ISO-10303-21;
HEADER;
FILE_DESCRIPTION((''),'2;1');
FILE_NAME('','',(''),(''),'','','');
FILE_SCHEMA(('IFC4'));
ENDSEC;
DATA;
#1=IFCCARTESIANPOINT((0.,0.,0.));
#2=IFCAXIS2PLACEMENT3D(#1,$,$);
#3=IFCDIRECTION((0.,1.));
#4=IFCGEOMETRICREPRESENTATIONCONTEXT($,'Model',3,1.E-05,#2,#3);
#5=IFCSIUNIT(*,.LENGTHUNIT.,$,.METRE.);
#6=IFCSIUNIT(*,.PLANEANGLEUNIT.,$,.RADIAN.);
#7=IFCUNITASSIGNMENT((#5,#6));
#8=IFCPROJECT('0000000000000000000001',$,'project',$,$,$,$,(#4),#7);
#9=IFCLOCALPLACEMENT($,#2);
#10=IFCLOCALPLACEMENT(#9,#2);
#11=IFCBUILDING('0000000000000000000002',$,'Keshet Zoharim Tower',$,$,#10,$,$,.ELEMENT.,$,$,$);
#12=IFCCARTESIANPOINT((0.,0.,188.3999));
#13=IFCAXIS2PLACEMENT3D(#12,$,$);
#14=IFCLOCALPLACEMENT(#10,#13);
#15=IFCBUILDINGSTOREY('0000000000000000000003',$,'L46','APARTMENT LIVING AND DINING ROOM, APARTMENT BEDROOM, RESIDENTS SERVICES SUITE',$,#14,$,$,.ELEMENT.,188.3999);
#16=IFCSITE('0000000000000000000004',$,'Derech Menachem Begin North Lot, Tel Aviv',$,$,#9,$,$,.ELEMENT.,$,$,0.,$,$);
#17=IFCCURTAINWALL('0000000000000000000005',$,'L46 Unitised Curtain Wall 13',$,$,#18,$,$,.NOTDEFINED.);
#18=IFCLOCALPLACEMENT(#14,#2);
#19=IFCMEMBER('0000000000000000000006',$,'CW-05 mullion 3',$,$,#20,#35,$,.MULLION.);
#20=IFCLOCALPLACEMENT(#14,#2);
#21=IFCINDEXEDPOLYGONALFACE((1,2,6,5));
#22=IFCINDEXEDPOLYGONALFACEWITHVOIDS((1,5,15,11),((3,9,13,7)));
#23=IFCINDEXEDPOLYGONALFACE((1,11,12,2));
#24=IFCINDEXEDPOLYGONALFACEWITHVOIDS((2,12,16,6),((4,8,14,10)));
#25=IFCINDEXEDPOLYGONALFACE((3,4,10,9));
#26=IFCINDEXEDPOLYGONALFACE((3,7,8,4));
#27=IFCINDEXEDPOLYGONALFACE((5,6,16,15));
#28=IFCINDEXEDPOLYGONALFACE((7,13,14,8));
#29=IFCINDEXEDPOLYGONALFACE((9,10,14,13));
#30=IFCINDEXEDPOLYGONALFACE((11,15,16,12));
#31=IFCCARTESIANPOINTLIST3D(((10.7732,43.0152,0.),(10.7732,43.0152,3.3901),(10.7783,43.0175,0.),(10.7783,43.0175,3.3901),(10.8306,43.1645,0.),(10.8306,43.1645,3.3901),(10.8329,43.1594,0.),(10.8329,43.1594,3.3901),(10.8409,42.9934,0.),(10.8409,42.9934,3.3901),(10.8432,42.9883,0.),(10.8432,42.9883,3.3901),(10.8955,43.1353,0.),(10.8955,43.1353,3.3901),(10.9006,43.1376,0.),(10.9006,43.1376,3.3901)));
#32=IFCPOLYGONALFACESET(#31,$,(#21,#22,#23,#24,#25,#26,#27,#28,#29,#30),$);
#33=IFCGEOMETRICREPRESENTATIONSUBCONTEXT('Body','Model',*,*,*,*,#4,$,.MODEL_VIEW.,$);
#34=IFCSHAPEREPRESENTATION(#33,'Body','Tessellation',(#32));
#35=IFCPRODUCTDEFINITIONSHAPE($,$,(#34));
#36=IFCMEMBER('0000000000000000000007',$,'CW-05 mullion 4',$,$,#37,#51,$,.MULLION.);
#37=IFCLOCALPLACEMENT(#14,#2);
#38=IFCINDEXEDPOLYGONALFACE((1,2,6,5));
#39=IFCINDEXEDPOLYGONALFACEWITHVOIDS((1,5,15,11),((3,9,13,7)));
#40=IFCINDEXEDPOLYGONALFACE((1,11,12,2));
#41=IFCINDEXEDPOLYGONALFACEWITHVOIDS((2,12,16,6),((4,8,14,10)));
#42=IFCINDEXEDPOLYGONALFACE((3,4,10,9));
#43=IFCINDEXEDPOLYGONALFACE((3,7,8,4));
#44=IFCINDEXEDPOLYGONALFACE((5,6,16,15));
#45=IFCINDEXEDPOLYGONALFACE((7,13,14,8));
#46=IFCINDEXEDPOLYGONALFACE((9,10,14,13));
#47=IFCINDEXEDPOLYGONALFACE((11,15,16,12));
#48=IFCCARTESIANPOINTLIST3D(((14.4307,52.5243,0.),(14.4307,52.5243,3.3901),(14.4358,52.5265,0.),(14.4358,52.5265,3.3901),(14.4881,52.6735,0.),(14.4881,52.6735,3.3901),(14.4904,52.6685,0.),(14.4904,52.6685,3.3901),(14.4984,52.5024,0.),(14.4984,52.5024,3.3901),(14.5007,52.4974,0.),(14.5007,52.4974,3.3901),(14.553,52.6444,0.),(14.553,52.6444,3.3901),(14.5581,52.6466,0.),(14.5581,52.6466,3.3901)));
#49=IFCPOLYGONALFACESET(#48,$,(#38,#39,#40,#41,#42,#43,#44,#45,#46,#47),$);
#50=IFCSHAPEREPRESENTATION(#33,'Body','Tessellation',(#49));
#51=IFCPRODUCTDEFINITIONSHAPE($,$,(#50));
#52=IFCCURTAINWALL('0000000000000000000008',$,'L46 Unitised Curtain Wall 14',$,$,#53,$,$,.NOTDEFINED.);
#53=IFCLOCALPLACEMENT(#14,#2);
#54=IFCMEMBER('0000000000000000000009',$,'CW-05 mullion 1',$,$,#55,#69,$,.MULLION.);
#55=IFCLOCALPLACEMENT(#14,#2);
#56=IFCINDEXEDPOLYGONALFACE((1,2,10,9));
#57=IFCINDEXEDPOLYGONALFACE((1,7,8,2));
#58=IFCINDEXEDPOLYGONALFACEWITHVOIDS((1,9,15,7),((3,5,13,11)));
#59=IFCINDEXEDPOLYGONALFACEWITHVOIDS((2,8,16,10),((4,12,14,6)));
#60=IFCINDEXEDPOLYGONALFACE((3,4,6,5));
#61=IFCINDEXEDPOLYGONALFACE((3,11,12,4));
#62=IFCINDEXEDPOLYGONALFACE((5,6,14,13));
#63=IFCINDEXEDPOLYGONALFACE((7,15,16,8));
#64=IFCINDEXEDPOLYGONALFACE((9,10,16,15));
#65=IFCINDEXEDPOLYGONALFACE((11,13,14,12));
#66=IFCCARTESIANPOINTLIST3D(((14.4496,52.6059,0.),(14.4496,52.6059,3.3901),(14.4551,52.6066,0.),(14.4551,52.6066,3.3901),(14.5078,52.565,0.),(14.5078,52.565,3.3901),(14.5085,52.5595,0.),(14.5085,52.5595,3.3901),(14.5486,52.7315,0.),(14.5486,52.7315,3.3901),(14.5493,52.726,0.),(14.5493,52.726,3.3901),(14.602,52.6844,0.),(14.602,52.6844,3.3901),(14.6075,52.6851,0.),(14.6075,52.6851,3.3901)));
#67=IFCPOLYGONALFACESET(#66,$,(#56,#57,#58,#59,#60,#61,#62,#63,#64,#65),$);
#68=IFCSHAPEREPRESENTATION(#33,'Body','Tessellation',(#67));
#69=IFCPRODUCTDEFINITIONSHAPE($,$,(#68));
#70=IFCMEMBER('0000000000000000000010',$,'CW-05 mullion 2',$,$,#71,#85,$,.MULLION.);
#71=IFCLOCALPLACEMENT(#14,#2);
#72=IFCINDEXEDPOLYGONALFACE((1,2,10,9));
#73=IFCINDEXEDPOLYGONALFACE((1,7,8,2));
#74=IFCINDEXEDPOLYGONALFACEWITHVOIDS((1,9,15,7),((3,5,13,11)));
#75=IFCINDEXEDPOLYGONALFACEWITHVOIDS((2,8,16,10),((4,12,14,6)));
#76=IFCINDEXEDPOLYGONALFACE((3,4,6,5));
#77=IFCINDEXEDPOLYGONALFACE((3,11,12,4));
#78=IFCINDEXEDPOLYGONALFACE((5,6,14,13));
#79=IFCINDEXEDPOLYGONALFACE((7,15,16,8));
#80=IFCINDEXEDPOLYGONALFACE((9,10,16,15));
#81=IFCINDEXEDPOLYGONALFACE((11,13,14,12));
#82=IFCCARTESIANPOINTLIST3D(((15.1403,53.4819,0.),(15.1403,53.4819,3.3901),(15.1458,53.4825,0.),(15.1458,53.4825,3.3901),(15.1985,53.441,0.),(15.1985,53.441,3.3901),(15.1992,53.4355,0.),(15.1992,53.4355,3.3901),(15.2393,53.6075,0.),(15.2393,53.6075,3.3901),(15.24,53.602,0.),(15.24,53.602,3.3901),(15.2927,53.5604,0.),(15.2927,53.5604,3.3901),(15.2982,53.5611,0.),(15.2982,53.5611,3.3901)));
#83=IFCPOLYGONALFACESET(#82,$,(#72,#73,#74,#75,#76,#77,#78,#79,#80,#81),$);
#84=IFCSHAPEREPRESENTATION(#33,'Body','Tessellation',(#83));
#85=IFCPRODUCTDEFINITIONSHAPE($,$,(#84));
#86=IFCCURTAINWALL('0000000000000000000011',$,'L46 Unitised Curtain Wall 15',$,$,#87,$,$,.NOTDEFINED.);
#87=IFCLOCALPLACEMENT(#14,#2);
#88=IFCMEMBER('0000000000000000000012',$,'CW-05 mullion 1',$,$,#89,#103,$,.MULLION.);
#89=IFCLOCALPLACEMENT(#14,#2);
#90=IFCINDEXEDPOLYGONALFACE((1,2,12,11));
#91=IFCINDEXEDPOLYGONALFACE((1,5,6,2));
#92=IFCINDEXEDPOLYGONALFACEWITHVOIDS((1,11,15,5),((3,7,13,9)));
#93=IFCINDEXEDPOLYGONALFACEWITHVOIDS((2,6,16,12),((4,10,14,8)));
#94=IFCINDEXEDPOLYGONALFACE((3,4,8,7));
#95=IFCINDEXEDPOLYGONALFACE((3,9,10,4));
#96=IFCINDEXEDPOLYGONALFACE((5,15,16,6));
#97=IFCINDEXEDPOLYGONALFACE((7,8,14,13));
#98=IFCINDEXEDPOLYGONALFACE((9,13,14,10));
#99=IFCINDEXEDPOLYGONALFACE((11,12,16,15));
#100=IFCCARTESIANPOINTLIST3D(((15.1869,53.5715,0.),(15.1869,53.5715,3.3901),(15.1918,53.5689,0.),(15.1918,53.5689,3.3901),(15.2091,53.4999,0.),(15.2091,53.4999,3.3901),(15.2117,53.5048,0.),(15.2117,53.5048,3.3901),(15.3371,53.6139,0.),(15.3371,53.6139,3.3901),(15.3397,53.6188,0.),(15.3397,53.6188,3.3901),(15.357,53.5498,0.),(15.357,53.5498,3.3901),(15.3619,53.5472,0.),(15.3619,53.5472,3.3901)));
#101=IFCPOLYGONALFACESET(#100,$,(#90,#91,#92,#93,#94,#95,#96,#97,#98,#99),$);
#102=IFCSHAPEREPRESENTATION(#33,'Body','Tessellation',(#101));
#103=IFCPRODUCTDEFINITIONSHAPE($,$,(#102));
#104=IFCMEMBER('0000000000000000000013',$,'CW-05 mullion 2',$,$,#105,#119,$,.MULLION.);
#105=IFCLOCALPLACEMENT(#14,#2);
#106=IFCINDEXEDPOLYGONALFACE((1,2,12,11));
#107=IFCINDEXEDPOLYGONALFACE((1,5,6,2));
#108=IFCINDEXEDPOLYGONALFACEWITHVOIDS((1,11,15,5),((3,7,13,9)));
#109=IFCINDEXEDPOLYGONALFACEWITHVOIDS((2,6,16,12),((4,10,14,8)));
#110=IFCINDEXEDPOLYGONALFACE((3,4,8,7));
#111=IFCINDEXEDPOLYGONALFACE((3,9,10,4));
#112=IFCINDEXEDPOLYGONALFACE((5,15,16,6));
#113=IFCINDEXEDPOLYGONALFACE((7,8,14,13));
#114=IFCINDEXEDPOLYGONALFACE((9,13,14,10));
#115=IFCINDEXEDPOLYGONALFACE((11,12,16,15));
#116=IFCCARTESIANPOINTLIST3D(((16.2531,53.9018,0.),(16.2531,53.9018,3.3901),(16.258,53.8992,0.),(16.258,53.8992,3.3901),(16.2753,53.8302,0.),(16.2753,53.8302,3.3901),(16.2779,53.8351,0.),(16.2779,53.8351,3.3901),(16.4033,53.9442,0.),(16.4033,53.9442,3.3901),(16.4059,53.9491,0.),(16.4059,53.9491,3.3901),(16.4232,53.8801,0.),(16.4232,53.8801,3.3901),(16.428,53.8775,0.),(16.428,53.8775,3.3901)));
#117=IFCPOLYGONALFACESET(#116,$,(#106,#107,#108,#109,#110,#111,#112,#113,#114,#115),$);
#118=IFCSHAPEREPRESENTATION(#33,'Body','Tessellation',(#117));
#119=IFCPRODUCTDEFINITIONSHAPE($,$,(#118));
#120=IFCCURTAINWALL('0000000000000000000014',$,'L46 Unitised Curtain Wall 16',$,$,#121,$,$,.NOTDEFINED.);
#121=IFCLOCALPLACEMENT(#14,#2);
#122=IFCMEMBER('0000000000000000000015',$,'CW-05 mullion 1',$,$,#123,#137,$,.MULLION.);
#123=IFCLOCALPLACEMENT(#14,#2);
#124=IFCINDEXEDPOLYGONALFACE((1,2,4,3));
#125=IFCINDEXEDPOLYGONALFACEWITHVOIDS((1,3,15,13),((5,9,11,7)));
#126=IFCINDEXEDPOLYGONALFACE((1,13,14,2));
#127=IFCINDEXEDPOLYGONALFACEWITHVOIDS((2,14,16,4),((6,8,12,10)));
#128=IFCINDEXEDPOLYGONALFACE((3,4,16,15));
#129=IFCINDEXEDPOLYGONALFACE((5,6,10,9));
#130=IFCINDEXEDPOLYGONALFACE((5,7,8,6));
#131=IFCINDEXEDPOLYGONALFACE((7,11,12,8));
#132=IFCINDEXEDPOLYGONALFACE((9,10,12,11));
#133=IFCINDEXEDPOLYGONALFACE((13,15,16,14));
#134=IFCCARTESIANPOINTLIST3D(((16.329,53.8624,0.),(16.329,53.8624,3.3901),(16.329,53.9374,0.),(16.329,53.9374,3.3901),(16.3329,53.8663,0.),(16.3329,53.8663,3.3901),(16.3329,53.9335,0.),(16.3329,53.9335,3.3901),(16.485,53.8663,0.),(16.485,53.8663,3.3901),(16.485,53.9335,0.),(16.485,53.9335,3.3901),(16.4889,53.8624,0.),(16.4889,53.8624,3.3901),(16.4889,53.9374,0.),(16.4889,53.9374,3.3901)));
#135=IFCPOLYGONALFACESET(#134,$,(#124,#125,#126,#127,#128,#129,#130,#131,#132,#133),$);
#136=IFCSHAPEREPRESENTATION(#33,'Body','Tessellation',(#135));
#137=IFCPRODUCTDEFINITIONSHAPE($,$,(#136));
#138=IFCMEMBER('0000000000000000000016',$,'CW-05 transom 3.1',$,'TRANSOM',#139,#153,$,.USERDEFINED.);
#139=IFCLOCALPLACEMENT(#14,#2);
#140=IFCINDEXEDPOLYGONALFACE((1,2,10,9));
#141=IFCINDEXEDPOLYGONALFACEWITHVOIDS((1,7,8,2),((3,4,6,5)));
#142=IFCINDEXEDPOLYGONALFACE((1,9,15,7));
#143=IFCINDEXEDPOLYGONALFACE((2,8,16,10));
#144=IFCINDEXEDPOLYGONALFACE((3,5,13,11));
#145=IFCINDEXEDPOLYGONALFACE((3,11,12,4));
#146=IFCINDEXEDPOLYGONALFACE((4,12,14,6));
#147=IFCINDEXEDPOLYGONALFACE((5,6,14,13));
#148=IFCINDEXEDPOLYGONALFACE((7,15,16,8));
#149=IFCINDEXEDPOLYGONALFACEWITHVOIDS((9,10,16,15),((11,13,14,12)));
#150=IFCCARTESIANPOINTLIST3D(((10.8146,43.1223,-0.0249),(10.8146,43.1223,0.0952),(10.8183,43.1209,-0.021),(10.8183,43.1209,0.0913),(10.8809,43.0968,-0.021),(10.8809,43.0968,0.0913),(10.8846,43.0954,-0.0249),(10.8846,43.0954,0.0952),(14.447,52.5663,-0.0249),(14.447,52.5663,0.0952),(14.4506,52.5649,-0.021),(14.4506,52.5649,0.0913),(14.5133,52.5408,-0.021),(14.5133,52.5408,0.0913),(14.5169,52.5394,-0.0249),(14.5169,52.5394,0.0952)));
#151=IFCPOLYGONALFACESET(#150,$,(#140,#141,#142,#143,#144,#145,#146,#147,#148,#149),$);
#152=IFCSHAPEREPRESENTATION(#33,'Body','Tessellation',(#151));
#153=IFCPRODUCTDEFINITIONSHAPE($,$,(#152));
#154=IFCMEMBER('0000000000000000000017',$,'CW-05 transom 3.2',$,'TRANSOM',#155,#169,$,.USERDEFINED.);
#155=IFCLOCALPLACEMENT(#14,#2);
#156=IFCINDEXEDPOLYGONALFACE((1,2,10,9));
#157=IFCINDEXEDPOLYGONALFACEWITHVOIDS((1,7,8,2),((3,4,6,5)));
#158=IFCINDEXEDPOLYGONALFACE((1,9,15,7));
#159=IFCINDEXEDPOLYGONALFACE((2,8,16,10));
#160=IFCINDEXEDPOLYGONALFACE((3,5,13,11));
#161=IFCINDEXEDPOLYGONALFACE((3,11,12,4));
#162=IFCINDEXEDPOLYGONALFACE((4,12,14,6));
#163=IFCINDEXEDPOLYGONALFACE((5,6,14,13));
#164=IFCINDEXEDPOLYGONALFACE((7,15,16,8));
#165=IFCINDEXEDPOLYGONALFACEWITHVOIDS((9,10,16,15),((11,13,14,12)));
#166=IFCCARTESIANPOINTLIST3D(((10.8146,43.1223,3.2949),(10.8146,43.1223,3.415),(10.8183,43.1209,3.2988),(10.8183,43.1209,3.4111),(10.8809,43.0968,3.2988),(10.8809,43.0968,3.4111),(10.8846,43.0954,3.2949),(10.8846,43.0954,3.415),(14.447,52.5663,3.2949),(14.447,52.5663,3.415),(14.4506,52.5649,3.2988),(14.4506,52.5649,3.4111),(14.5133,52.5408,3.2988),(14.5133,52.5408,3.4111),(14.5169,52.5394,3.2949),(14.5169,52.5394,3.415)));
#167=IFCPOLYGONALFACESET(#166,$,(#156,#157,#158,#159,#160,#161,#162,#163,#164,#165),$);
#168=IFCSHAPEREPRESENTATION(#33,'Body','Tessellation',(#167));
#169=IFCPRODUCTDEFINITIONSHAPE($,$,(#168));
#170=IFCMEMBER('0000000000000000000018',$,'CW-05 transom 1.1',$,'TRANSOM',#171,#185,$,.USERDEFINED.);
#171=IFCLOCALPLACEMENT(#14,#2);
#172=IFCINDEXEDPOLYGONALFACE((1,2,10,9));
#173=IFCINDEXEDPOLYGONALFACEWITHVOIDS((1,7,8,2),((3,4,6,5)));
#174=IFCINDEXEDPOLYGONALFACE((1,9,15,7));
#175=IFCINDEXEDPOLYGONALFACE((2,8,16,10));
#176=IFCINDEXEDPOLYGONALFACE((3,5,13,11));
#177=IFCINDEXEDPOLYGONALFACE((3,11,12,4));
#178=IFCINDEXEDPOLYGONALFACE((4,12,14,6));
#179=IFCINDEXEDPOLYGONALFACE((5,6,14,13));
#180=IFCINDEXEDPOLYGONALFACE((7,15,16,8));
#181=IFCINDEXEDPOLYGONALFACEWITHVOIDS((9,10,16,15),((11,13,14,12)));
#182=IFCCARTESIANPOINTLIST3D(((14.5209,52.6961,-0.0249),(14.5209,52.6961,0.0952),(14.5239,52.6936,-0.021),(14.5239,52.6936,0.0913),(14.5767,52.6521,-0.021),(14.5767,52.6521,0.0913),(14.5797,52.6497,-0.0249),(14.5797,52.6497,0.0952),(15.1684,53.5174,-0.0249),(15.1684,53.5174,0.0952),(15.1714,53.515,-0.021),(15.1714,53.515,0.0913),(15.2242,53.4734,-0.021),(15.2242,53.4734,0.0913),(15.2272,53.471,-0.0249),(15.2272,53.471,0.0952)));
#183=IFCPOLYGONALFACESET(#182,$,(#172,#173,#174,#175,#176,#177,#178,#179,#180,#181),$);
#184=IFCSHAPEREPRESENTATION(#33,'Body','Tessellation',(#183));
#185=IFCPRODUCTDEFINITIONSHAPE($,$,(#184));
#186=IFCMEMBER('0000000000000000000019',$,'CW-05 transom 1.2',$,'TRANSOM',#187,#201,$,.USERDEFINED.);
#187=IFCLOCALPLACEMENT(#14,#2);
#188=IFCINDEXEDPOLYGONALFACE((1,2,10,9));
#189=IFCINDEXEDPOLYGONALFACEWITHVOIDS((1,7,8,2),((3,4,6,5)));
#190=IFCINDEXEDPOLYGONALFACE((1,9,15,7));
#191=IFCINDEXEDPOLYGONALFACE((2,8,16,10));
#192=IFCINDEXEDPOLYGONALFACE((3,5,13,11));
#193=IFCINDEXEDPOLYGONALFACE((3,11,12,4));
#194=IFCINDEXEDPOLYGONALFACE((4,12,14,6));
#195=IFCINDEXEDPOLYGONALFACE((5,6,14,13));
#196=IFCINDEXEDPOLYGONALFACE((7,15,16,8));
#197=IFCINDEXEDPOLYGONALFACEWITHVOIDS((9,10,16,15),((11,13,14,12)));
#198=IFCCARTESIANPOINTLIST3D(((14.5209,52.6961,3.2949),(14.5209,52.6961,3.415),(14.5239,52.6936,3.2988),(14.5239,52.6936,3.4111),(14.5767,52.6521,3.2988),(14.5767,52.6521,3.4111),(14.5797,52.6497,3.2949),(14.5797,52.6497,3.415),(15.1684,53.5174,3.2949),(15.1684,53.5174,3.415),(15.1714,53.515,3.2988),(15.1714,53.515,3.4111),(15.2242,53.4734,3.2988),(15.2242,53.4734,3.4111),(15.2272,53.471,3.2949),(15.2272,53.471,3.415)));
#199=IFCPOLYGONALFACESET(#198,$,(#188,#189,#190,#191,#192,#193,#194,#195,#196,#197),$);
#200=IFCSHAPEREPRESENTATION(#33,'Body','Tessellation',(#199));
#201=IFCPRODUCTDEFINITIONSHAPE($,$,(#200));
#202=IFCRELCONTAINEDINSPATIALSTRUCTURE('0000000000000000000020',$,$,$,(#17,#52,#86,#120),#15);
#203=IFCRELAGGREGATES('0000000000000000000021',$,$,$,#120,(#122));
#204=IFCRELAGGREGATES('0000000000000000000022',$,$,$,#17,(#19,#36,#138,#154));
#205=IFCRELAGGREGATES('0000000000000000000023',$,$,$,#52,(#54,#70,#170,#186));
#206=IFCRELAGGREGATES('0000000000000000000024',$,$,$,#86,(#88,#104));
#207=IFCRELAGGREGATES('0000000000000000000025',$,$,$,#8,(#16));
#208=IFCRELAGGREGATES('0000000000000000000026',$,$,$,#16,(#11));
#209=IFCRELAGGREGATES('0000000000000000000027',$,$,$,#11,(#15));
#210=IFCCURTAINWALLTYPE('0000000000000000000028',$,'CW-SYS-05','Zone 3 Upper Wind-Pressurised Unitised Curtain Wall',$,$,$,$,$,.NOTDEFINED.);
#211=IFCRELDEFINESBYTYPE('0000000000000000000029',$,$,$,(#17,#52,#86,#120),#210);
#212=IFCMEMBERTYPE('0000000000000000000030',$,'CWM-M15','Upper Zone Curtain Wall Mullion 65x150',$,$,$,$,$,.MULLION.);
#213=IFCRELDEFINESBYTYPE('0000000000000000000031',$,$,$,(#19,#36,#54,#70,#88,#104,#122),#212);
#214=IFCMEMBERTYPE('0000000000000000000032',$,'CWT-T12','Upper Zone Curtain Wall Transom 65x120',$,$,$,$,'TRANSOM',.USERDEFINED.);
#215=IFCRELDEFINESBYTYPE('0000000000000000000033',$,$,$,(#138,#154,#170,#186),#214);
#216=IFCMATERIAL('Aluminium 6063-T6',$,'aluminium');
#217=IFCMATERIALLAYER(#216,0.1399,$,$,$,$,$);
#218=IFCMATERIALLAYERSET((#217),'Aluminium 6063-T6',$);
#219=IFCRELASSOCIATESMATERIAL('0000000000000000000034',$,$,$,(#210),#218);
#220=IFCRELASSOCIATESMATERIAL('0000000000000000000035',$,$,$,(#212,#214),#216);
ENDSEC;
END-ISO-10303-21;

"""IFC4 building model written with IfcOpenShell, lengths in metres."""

from ifc_helpers import new_model, si_unit, direction, frame, origin, origin_2d, place, context, subcontext, project, spatial, hollow_rectangle, extrude, material, layer, layer_set, material_profile, profile_set, type_object, element, aggregate, save


model = new_model("IFC4")

# Units and contexts
model_context = context("Model", 3, precision=1e-05, world=origin(), true_north=direction((0.0, 1.0)))
body_context = subcontext(model_context, "Body", "Model", "MODEL_VIEW")
ifc_project = project(units=[si_unit("LENGTHUNIT", "METRE"), si_unit("PLANEANGLEUNIT", "RADIAN")], contexts=[model_context])

# Site, building, storey
site_placement = place(None, origin())
site = spatial("IfcSite", under=ifc_project, at=site_placement, Name="Derech Menachem Begin North Lot, Tel Aviv", CompositionType="ELEMENT", RefElevation=0.0)
building_placement = place(site_placement, origin())
building = spatial("IfcBuilding", under=site, at=building_placement, Name="Keshet Zoharim Tower", CompositionType="ELEMENT")
storey_placement = place(building_placement, frame((0.0, 0.0, 188.3999)))
storey = spatial("IfcBuildingStorey", under=building, at=storey_placement, Name="L46", Description="APARTMENT LIVING AND DINING ROOM, APARTMENT BEDROOM, RESIDENTS SERVICES SUITE", CompositionType="ELEMENT", Elevation=188.3999)

# Curtain walls, members
ifc_material_1 = material(Name="Aluminium 6063-T6", Category="aluminium")
ifc_layer_1 = layer(ifc_material_1, 0.1399)
ifc_layer_set_1 = layer_set([ifc_layer_1], Name="Aluminium 6063-T6")
curtain_wall_type = type_object("IfcCurtainWallType", Name="CW-SYS-05", Description="Zone 3 Upper Wind-Pressurised Unitised Curtain Wall", PredefinedType="NOTDEFINED", material=ifc_layer_set_1)
curtain_wall_1_placement = place(storey_placement, origin())
curtain_wall_1 = element("IfcCurtainWall", 1, at=curtain_wall_1_placement, inside=storey, type_object=curtain_wall_type, Name="L46 Unitised Curtain Wall 13", PredefinedType="NOTDEFINED")
ifc_material_profile_1 = material_profile(ifc_material_1, hollow_rectangle(XDim=0.075, YDim=0.1599, WallThickness=0.0039, at=origin_2d()), Name="MUL-75x160")
ifc_profile_set_1 = profile_set([ifc_material_profile_1], Name="Aluminium 6063-T6")
member_type_1 = type_object("IfcMemberType", Name="CWM-M15", Description="Upper Zone Curtain Wall Mullion 65x150", PredefinedType="MULLION", material=ifc_profile_set_1)
member_1_placement = place(storey_placement, frame((10.8369, 43.0764, 0.0), z_axis=(0.0, 0.0, 1.0), x_axis=(-0.933341, 0.35899, 0.0)))
member_1 = element("IfcMember", 2, at=member_1_placement, type_object=member_type_1, Name="CW-05 mullion 3", PredefinedType="MULLION", context=body_context, shape_type="SweptSolid", body=[
    extrude(hollow_rectangle(XDim=0.075, YDim=0.1599, WallThickness=0.0039, at=origin_2d()), origin(), (0.0, 0.0, 1.0), 3.3901),
])
member_2_placement = place(storey_placement, frame((14.4944, 52.5854, 0.0), z_axis=(0.0, 0.0, 1.0), x_axis=(-0.933341, 0.35899, 0.0)))
member_2 = element("IfcMember", 3, at=member_2_placement, type_object=member_type_1, Name="CW-05 mullion 4", PredefinedType="MULLION", context=body_context, shape_type="SweptSolid", body=[
    extrude(hollow_rectangle(XDim=0.075, YDim=0.1599, WallThickness=0.0039, at=origin_2d()), origin(), (0.0, 0.0, 1.0), 3.3901),
])
curtain_wall_2_placement = place(storey_placement, origin())
curtain_wall_2 = element("IfcCurtainWall", 4, at=curtain_wall_2_placement, inside=storey, type_object=curtain_wall_type, Name="L46 Unitised Curtain Wall 14", PredefinedType="NOTDEFINED")
member_3_placement = place(storey_placement, frame((14.5286, 52.6455, 0.0), z_axis=(0.0, 0.0, 1.0), x_axis=(-0.785293, 0.619125, 0.0)))
member_3 = element("IfcMember", 5, at=member_3_placement, type_object=member_type_1, Name="CW-05 mullion 1", PredefinedType="MULLION", context=body_context, shape_type="SweptSolid", body=[
    extrude(hollow_rectangle(XDim=0.075, YDim=0.1599, WallThickness=0.0039, at=origin_2d()), origin(), (0.0, 0.0, 1.0), 3.3901),
])
member_4_placement = place(storey_placement, frame((15.2192, 53.5215, 0.0), z_axis=(0.0, 0.0, 1.0), x_axis=(-0.785293, 0.619125, 0.0)))
member_4 = element("IfcMember", 6, at=member_4_placement, type_object=member_type_1, Name="CW-05 mullion 2", PredefinedType="MULLION", context=body_context, shape_type="SweptSolid", body=[
    extrude(hollow_rectangle(XDim=0.075, YDim=0.1599, WallThickness=0.0039, at=origin_2d()), origin(), (0.0, 0.0, 1.0), 3.3901),
])
curtain_wall_3_placement = place(storey_placement, origin())
curtain_wall_3 = element("IfcCurtainWall", 7, at=curtain_wall_3_placement, inside=storey, type_object=curtain_wall_type, Name="L46 Unitised Curtain Wall 15", PredefinedType="NOTDEFINED")
member_5_placement = place(storey_placement, frame((15.2744, 53.5593, 0.0), z_axis=(0.0, 0.0, 1.0), x_axis=(-0.295922, 0.955212, 0.0)))
member_5 = element("IfcMember", 8, at=member_5_placement, type_object=member_type_1, Name="CW-05 mullion 1", PredefinedType="MULLION", context=body_context, shape_type="SweptSolid", body=[
    extrude(hollow_rectangle(XDim=0.075, YDim=0.1599, WallThickness=0.0039, at=origin_2d()), origin(), (0.0, 0.0, 1.0), 3.3901),
])
member_6_placement = place(storey_placement, frame((16.3406, 53.8896, 0.0), z_axis=(0.0, 0.0, 1.0), x_axis=(-0.295922, 0.955212, 0.0)))
member_6 = element("IfcMember", 9, at=member_6_placement, type_object=member_type_1, Name="CW-05 mullion 2", PredefinedType="MULLION", context=body_context, shape_type="SweptSolid", body=[
    extrude(hollow_rectangle(XDim=0.075, YDim=0.1599, WallThickness=0.0039, at=origin_2d()), origin(), (0.0, 0.0, 1.0), 3.3901),
])

# Curtain wall, member
curtain_wall_4_placement = place(storey_placement, origin())
curtain_wall_4 = element("IfcCurtainWall", 10, at=curtain_wall_4_placement, inside=storey, type_object=curtain_wall_type, Name="L46 Unitised Curtain Wall 16", PredefinedType="NOTDEFINED")
member_7_placement = place(storey_placement, frame((16.4089, 53.8999, 0.0), z_axis=(0.0, 0.0, 1.0), x_axis=(0.0, 1.0, 0.0)))
member_7 = element("IfcMember", 11, at=member_7_placement, type_object=member_type_1, Name="CW-05 mullion 1", PredefinedType="MULLION", context=body_context, shape_type="SweptSolid", body=[
    extrude(hollow_rectangle(XDim=0.075, YDim=0.1599, WallThickness=0.0039, at=origin_2d()), origin(), (0.0, 0.0, 1.0), 3.3901),
])

# Members
ifc_material_profile_2 = material_profile(ifc_material_1, hollow_rectangle(XDim=0.075, YDim=0.1201, WallThickness=0.0039, at=origin_2d()), Name="TRN-75x120")
ifc_profile_set_2 = profile_set([ifc_material_profile_2], Name="Aluminium 6063-T6")
member_type_2 = type_object("IfcMemberType", Name="CWT-T12", Description="Upper Zone Curtain Wall Transom 65x120", ElementType="TRANSOM", PredefinedType="USERDEFINED", material=ifc_profile_set_2)
member_8_placement = place(storey_placement, frame((10.8496, 43.1089, 0.0352), z_axis=(0.358986, 0.933343, 0.0), x_axis=(-0.933343, 0.358986, 0.0)))
member_8 = element("IfcMember", 12, at=member_8_placement, type_object=member_type_2, Name="CW-05 transom 3.1", ObjectType="TRANSOM", PredefinedType="USERDEFINED", context=body_context, shape_type="SweptSolid", body=[
    extrude(hollow_rectangle(XDim=0.075, YDim=0.1201, WallThickness=0.0039, at=origin_2d()), origin(), (0.0, 0.0, 1.0), 10.1184),
])
member_9_placement = place(storey_placement, frame((10.8496, 43.1089, 3.355), z_axis=(0.358986, 0.933343, 0.0), x_axis=(-0.933343, 0.358986, 0.0)))
member_9 = element("IfcMember", 13, at=member_9_placement, type_object=member_type_2, Name="CW-05 transom 3.2", ObjectType="TRANSOM", PredefinedType="USERDEFINED", context=body_context, shape_type="SweptSolid", body=[
    extrude(hollow_rectangle(XDim=0.075, YDim=0.1201, WallThickness=0.0039, at=origin_2d()), origin(), (0.0, 0.0, 1.0), 10.1184),
])
member_10_placement = place(storey_placement, frame((14.5503, 52.6729, 0.0352), z_axis=(0.619099, 0.785313, 0.0), x_axis=(-0.785313, 0.619099, 0.0)))
member_10 = element("IfcMember", 14, at=member_10_placement, type_object=member_type_2, Name="CW-05 transom 1.1", ObjectType="TRANSOM", PredefinedType="USERDEFINED", context=body_context, shape_type="SweptSolid", body=[
    extrude(hollow_rectangle(XDim=0.075, YDim=0.1201, WallThickness=0.0039, at=origin_2d()), origin(), (0.0, 0.0, 1.0), 1.0459),
])
member_11_placement = place(storey_placement, frame((14.5503, 52.6729, 3.355), z_axis=(0.619099, 0.785313, 0.0), x_axis=(-0.785313, 0.619099, 0.0)))
member_11 = element("IfcMember", 15, at=member_11_placement, type_object=member_type_2, Name="CW-05 transom 1.2", ObjectType="TRANSOM", PredefinedType="USERDEFINED", context=body_context, shape_type="SweptSolid", body=[
    extrude(hollow_rectangle(XDim=0.075, YDim=0.1201, WallThickness=0.0039, at=origin_2d()), origin(), (0.0, 0.0, 1.0), 1.0459),
])
aggregate(curtain_wall_4, [member_7])

aggregate(curtain_wall_1, [member_1, member_2, member_8, member_9])
aggregate(curtain_wall_2, [member_3, member_4, member_10, member_11])
aggregate(curtain_wall_3, [member_5, member_6])

save(model, "model.ifc")
